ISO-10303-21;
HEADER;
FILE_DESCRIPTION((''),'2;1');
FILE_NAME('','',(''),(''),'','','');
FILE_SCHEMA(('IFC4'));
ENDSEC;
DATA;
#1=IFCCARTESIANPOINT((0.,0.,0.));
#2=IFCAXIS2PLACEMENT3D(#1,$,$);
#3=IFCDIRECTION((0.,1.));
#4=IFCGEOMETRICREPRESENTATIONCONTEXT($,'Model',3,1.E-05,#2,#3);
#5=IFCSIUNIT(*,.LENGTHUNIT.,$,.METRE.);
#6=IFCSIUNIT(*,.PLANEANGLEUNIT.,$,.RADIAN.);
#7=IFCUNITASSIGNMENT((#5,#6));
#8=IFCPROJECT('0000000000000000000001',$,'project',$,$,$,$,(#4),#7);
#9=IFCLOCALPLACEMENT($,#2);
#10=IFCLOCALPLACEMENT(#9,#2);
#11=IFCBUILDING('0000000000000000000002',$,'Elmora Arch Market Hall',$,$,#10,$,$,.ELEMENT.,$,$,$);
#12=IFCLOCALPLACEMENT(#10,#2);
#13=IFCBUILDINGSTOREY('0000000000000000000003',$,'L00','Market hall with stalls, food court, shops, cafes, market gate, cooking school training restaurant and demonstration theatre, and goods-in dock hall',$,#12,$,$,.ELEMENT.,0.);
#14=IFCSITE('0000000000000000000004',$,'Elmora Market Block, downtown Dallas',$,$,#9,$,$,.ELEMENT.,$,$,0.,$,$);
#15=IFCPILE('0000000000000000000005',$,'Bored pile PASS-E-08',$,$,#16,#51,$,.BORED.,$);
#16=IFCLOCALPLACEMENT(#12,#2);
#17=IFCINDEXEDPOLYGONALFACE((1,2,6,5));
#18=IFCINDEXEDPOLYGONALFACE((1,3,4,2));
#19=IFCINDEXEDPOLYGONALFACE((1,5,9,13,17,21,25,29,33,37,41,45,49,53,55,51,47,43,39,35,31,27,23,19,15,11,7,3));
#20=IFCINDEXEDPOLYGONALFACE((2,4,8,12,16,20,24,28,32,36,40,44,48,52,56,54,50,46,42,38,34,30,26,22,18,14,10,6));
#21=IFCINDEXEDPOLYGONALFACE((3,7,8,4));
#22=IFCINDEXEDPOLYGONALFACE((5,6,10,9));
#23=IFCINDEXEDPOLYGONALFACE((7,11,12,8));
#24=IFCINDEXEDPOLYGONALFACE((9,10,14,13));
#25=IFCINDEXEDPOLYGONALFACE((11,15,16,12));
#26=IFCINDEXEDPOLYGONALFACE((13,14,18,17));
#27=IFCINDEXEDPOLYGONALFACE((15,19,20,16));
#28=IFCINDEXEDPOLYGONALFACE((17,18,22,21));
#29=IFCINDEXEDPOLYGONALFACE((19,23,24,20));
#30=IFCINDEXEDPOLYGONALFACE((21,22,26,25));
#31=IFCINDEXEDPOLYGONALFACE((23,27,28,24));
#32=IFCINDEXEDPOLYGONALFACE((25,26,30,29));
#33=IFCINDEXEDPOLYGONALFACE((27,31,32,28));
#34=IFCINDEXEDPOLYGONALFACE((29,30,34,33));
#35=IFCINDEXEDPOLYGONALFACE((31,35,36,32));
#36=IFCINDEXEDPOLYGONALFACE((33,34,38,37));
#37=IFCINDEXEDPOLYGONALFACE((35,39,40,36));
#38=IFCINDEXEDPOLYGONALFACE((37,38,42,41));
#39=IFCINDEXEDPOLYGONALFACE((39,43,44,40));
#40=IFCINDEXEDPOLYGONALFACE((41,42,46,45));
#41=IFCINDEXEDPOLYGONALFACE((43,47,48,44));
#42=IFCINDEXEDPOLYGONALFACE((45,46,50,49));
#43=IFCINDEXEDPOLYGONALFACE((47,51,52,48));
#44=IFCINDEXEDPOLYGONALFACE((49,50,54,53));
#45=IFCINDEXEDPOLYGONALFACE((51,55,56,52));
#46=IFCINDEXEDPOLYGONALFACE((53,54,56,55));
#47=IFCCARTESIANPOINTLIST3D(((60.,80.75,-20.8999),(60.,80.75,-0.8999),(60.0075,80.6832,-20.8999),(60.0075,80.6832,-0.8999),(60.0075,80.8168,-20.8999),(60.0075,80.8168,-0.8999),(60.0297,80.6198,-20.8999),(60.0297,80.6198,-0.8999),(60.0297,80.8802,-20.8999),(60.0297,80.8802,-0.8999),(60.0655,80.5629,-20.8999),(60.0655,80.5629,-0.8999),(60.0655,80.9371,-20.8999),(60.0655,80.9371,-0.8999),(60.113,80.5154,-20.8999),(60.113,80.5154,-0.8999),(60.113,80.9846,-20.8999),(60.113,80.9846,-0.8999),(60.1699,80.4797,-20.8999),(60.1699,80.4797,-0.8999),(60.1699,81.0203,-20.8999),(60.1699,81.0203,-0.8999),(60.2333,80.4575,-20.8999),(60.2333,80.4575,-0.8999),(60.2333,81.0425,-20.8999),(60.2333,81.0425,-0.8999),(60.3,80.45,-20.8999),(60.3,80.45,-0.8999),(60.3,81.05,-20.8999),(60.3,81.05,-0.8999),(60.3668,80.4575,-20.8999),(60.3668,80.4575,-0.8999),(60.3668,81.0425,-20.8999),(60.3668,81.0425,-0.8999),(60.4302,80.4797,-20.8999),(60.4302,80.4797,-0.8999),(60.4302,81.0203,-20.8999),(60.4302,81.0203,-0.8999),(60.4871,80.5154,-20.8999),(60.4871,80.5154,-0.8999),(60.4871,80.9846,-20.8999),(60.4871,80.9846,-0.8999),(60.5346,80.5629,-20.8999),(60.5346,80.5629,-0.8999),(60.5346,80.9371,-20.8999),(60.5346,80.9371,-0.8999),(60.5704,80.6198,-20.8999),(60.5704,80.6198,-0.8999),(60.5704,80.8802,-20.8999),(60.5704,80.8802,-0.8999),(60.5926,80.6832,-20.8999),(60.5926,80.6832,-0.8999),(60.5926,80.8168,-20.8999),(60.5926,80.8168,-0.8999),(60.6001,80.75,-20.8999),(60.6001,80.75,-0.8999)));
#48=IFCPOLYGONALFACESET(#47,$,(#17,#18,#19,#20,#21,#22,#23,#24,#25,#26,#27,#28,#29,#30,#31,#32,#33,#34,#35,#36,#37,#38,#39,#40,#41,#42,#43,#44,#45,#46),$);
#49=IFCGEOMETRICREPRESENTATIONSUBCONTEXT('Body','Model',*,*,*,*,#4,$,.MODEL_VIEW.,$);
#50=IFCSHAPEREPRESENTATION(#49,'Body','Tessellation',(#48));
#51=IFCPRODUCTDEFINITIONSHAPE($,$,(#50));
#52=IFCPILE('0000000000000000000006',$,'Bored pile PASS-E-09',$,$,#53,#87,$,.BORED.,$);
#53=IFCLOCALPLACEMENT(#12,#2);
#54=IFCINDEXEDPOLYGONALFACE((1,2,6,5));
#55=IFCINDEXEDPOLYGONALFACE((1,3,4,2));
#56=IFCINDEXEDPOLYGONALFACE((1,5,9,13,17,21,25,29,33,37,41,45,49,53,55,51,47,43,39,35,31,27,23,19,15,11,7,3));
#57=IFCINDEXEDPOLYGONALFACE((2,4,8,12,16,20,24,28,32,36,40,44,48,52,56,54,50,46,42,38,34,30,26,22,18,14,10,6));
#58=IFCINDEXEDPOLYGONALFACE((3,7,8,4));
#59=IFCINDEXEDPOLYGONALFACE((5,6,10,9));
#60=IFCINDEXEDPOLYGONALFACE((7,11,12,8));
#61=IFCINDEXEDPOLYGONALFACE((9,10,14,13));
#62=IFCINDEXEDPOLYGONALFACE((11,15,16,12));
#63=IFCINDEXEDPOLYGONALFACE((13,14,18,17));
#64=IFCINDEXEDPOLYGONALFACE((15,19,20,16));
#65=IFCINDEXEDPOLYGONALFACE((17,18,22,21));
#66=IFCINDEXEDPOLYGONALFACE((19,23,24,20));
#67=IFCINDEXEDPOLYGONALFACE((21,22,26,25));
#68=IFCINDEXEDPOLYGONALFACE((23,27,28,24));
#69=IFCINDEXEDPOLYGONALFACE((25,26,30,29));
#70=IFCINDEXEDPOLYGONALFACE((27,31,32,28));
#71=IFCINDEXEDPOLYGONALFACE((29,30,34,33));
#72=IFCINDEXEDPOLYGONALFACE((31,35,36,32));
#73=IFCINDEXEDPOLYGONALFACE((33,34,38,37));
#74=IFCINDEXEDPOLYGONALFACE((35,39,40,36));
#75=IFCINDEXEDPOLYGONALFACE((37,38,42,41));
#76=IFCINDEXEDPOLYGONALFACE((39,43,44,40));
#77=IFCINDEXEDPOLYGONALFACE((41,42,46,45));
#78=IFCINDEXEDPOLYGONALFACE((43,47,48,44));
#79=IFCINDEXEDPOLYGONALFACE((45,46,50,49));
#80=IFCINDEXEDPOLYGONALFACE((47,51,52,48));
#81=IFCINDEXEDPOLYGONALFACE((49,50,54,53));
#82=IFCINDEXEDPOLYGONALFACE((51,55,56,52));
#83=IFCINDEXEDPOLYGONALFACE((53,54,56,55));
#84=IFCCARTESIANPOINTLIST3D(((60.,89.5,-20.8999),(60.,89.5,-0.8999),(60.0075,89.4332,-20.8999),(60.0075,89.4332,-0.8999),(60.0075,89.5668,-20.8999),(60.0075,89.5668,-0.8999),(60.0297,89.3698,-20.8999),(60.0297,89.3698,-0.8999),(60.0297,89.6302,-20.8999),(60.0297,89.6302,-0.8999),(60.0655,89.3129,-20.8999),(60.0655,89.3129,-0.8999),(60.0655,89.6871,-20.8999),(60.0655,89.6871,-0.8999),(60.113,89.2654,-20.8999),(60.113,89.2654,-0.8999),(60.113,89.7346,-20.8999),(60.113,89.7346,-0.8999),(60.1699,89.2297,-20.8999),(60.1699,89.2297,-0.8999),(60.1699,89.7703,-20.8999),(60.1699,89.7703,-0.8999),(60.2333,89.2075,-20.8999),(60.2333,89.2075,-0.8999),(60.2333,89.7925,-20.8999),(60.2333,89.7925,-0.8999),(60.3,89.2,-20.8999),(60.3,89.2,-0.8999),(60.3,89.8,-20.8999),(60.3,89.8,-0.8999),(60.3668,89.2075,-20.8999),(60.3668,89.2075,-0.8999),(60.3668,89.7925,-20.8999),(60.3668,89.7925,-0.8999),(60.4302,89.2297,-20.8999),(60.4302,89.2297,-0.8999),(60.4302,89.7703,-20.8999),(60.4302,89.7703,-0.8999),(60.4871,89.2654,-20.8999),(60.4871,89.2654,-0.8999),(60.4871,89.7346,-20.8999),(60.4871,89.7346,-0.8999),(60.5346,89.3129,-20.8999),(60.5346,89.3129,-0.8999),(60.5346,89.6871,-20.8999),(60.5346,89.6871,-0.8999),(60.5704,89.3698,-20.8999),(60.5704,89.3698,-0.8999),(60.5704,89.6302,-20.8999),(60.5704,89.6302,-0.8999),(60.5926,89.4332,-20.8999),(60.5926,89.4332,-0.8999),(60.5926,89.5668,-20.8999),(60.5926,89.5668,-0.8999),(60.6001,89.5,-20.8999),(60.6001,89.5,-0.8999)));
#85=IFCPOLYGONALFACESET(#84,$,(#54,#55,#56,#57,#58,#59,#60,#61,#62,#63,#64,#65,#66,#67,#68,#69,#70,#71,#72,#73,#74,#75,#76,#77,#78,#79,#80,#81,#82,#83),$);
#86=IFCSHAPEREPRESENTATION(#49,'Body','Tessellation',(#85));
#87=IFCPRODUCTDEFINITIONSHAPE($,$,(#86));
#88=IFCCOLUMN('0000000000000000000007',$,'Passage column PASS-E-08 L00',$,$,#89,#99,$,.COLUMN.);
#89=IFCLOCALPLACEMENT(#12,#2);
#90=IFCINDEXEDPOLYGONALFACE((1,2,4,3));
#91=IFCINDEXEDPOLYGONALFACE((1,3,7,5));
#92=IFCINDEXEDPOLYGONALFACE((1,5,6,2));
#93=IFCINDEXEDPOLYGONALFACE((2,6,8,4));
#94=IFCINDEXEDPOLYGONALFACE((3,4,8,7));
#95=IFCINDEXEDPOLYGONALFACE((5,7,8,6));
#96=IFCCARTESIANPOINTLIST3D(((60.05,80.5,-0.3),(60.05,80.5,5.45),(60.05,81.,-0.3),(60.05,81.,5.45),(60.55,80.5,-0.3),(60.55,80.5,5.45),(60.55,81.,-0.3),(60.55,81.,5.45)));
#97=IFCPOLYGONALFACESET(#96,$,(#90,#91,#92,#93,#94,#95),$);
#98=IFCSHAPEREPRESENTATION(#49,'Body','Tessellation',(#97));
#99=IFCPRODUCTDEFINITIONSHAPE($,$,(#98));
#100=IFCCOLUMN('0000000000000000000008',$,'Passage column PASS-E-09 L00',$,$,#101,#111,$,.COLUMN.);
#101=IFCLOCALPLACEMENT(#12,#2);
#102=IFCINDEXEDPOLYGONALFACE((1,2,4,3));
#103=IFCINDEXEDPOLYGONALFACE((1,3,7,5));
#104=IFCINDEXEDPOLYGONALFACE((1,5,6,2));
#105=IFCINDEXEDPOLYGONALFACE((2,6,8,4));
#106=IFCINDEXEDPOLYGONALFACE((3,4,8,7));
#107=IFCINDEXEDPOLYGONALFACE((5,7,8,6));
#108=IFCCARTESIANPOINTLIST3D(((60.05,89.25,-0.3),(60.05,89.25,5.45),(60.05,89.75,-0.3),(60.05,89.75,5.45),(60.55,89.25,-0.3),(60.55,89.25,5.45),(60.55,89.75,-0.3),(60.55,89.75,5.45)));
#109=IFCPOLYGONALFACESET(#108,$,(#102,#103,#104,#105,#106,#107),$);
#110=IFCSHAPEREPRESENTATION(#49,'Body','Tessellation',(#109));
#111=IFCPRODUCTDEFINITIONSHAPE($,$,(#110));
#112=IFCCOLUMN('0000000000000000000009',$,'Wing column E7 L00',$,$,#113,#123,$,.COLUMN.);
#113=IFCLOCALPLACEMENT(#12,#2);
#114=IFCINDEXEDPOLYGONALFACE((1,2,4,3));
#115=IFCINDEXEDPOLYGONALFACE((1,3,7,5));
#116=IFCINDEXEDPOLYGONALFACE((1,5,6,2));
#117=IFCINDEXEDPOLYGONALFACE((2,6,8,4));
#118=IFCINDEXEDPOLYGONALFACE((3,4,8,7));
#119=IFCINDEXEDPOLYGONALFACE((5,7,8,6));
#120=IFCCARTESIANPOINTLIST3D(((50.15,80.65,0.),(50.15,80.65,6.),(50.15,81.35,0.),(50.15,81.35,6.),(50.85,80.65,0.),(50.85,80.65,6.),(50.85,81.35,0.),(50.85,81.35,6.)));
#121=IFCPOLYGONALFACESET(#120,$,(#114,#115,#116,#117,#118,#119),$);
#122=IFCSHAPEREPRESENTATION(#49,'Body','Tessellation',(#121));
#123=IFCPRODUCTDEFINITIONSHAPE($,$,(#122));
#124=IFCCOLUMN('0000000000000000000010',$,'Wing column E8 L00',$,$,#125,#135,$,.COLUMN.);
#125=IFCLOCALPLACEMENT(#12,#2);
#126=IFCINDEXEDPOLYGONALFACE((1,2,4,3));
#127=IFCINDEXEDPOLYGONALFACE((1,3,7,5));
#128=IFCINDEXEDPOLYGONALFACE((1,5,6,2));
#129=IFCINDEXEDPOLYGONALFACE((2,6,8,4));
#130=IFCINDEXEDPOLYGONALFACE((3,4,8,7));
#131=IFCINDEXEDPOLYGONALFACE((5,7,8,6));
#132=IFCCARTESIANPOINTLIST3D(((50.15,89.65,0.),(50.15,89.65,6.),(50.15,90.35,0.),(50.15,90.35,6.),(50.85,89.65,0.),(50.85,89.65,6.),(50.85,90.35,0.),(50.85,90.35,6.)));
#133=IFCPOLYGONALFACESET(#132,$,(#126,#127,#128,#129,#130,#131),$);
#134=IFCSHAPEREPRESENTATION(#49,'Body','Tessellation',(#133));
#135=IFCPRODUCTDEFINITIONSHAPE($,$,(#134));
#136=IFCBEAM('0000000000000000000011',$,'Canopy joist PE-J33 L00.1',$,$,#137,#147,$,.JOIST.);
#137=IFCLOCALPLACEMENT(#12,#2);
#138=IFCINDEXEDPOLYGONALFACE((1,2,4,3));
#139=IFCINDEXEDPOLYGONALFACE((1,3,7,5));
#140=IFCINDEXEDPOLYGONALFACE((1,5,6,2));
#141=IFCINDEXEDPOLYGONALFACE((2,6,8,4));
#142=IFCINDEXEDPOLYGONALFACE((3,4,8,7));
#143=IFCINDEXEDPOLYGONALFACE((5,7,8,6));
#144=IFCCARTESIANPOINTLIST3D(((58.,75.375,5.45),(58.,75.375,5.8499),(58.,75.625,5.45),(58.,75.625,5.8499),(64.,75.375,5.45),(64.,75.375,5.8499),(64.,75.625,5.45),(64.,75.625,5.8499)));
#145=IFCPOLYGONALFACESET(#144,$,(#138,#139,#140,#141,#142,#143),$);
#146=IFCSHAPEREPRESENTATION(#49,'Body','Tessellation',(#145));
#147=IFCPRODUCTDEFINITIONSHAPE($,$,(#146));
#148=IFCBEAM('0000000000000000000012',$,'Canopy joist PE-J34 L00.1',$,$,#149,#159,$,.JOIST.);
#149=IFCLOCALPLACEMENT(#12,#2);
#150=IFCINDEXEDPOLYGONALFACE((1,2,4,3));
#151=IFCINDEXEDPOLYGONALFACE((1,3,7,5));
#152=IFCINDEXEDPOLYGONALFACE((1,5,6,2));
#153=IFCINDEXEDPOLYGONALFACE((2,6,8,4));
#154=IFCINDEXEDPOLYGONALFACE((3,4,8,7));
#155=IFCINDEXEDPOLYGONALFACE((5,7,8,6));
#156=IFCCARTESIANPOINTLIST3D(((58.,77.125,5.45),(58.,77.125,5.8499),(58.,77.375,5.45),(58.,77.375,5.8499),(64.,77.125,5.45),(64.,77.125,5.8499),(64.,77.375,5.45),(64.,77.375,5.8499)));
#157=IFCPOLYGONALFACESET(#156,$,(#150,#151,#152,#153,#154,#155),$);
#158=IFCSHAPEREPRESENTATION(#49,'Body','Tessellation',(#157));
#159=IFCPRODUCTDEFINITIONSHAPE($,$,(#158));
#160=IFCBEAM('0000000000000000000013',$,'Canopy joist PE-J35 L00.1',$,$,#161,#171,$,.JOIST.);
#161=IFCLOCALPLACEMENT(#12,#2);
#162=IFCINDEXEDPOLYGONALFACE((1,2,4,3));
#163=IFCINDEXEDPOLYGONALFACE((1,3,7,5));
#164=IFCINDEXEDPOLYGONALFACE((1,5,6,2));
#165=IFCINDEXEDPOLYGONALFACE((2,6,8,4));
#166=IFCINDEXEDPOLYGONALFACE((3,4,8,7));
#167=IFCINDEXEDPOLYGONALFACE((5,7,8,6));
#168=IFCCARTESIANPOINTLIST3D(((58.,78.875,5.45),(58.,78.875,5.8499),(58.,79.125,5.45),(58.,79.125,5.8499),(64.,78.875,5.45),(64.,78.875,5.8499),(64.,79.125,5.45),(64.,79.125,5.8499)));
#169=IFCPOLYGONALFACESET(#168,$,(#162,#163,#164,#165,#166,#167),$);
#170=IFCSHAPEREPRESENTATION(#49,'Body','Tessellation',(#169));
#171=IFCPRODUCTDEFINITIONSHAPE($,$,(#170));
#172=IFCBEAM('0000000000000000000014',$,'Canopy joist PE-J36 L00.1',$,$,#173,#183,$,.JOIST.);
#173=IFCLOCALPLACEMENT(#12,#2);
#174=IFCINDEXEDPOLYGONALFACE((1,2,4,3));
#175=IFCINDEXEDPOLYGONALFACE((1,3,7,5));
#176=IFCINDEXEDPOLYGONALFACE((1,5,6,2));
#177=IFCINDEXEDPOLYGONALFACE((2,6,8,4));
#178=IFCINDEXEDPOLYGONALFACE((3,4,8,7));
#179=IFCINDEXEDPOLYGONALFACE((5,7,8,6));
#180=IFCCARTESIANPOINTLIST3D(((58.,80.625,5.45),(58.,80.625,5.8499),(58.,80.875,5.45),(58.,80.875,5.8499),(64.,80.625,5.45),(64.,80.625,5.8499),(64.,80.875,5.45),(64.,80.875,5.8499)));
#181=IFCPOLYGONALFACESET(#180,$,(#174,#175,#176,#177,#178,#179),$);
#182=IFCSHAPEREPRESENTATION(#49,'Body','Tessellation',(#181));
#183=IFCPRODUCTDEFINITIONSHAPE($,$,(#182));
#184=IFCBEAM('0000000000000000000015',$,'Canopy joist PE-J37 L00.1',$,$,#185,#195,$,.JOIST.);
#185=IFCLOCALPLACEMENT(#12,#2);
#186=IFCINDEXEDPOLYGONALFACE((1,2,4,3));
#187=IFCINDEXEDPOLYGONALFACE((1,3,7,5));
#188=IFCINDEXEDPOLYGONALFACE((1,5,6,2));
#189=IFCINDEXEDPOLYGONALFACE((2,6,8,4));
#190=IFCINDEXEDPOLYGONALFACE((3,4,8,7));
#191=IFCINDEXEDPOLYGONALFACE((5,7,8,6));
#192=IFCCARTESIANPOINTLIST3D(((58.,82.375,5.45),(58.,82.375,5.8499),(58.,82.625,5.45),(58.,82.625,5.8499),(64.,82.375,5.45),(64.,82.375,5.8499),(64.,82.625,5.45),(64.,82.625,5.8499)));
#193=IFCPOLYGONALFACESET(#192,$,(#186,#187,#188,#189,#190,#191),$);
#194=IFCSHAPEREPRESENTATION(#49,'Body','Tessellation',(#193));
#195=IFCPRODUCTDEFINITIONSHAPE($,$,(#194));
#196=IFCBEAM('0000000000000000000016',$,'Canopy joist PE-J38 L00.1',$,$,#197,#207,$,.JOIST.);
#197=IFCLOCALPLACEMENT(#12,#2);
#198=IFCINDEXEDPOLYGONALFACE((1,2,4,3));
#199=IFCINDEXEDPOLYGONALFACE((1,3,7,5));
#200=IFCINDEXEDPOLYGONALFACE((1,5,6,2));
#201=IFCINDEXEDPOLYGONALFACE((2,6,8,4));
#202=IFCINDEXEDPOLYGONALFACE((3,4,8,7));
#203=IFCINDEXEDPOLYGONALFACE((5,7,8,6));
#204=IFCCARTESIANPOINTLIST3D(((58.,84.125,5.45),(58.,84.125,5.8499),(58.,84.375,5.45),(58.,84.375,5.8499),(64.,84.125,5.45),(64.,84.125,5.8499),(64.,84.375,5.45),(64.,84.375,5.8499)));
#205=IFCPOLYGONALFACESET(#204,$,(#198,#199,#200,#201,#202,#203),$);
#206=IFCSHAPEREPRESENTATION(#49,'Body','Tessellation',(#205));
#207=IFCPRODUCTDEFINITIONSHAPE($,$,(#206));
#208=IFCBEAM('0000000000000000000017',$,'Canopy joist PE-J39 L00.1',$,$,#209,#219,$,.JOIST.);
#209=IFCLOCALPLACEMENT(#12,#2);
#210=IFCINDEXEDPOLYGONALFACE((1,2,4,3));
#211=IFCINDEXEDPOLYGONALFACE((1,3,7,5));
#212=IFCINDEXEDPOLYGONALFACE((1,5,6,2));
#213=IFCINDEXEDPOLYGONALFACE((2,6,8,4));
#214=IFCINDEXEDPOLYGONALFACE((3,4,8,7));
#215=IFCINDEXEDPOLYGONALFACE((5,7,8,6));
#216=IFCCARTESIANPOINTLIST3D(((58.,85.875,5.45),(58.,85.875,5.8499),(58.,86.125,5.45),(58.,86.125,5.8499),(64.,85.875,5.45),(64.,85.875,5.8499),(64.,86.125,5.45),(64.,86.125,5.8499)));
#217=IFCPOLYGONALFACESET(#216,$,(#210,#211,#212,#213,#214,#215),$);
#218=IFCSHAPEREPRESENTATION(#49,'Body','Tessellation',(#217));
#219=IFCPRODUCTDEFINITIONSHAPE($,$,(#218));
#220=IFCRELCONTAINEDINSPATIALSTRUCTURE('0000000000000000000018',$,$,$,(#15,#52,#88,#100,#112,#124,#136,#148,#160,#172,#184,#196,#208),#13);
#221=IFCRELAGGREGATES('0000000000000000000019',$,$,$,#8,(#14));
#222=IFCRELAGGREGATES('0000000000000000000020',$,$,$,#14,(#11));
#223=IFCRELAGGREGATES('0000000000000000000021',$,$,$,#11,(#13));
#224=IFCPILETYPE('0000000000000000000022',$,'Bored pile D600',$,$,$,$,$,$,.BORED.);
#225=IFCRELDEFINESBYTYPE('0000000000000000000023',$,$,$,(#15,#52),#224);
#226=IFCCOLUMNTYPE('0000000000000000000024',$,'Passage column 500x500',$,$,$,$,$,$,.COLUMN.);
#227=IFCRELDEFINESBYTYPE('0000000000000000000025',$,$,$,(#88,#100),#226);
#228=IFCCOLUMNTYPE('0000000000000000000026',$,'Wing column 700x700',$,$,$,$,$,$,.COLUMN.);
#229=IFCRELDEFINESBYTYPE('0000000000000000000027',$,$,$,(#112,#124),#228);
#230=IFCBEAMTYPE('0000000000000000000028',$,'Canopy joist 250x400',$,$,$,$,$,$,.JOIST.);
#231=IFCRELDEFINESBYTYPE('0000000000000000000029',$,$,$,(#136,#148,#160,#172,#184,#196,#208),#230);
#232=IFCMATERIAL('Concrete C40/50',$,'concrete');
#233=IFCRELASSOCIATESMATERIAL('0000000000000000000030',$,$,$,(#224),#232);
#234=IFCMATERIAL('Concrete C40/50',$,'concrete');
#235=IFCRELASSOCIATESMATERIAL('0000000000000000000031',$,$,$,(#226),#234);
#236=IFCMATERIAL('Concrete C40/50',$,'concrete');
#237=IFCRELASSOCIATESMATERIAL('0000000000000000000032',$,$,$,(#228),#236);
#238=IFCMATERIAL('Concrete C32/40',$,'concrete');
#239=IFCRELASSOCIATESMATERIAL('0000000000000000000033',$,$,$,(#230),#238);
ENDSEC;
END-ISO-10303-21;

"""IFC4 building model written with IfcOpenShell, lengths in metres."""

from ifc_helpers import new_model, si_unit, direction, frame, origin, origin_2d, place, context, subcontext, project, spatial, rectangle, circle, extrude, material, material_profile, profile_set, type_object, element, save


model = new_model("IFC4")

# Units and contexts
model_context = context("Model", 3, precision=1e-05, world=origin(), true_north=direction((0.0, 1.0)))
body_context = subcontext(model_context, "Body", "Model", "MODEL_VIEW")
ifc_project = project(units=[si_unit("LENGTHUNIT", "METRE"), si_unit("PLANEANGLEUNIT", "RADIAN")], contexts=[model_context])

# Site, building, storey
site_placement = place(None, origin())
site = spatial("IfcSite", under=ifc_project, at=site_placement, Name="Elmora Market Block, downtown Dallas", CompositionType="ELEMENT", RefElevation=0.0)
building_placement = place(site_placement, origin())
building = spatial("IfcBuilding", under=site, at=building_placement, Name="Elmora Arch Market Hall", CompositionType="ELEMENT")
storey_placement = place(building_placement, origin())
storey = spatial("IfcBuildingStorey", under=building, at=storey_placement, Name="L00", Description="Market hall with stalls, food court, shops, cafes, market gate, cooking school training restaurant and demonstration theatre, and goods-in dock hall", CompositionType="ELEMENT", Elevation=0.0)

# Piles
ifc_material_1 = material(Name="Concrete C40/50", Category="concrete")
ifc_material_profile_1 = material_profile(ifc_material_1, circle(Radius=0.3, at=origin_2d()), Name="Bored pile D600")
ifc_profile_set_1 = profile_set([ifc_material_profile_1], Name="Concrete C40/50")
pile_type = type_object("IfcPileType", Name="Bored pile D600", PredefinedType="BORED", material=ifc_profile_set_1)
for number, where, z_axis, x_axis, name in (
    (1, (60.3, 80.75, -0.8999), (0.0, 0.0, -1.0), (1.0, 0.0, 0.0), "Bored pile PASS-E-08"),
    (2, (60.3, 89.5, -0.8999), (0.0, 0.0, -1.0), (1.0, 0.0, 0.0), "Bored pile PASS-E-09"),
):
    element("IfcPile", number, at=place(storey_placement, frame(where, z_axis=z_axis, x_axis=x_axis)), inside=storey, type_object=pile_type, Name=name, PredefinedType="BORED", context=body_context, shape_type="SweptSolid", body=[
        extrude(circle(Radius=0.3, at=origin_2d()), origin(), (0.0, 0.0, 1.0), 20.0),
    ])

# Columns
ifc_material_2 = material(Name="Concrete C40/50", Category="concrete")
ifc_material_profile_2 = material_profile(ifc_material_2, rectangle(XDim=0.5, YDim=0.5, at=origin_2d()), Name="Passage column 500x500")
ifc_profile_set_2 = profile_set([ifc_material_profile_2], Name="Concrete C40/50")
column_type_1 = type_object("IfcColumnType", Name="Passage column 500x500", PredefinedType="COLUMN", material=ifc_profile_set_2)
for number, where, z_axis, x_axis, name in (
    (3, (60.3, 80.75, -0.3), (0.0, 0.0, 1.0), (1.0, 0.0, 0.0), "Passage column PASS-E-08 L00"),
    (4, (60.3, 89.5, -0.3), (0.0, 0.0, 1.0), (1.0, 0.0, 0.0), "Passage column PASS-E-09 L00"),
):
    element("IfcColumn", number, at=place(storey_placement, frame(where, z_axis=z_axis, x_axis=x_axis)), inside=storey, type_object=column_type_1, Name=name, PredefinedType="COLUMN", context=body_context, shape_type="SweptSolid", body=[
        extrude(rectangle(XDim=0.5, YDim=0.5, at=origin_2d()), origin(), (0.0, 0.0, 1.0), 5.75),
    ])
ifc_material_3 = material(Name="Concrete C40/50", Category="concrete")
ifc_material_profile_3 = material_profile(ifc_material_3, rectangle(XDim=0.7, YDim=0.7, at=origin_2d()), Name="Wing column 700x700")
ifc_profile_set_3 = profile_set([ifc_material_profile_3], Name="Concrete C40/50")
column_type_2 = type_object("IfcColumnType", Name="Wing column 700x700", PredefinedType="COLUMN", material=ifc_profile_set_3)
for number, where, z_axis, x_axis, name in (
    (5, (50.5, 81.0, 0.0), (0.0, 0.0, 1.0), (1.0, 0.0, 0.0), "Wing column E7 L00"),
    (6, (50.5, 90.0, 0.0), (0.0, 0.0, 1.0), (1.0, 0.0, 0.0), "Wing column E8 L00"),
):
    element("IfcColumn", number, at=place(storey_placement, frame(where, z_axis=z_axis, x_axis=x_axis)), inside=storey, type_object=column_type_2, Name=name, PredefinedType="COLUMN", context=body_context, shape_type="SweptSolid", body=[
        extrude(rectangle(XDim=0.7, YDim=0.7, at=origin_2d()), origin(), (0.0, 0.0, 1.0), 6.0),
    ])

# Beams
ifc_material_4 = material(Name="Concrete C32/40", Category="concrete")
ifc_material_profile_4 = material_profile(ifc_material_4, rectangle(XDim=0.25, YDim=0.3999, at=origin_2d()), Name="Canopy joist 250x400")
ifc_profile_set_4 = profile_set([ifc_material_profile_4], Name="Concrete C32/40")
beam_type_1 = type_object("IfcBeamType", Name="Canopy joist 250x400", PredefinedType="JOIST", material=ifc_profile_set_4)
for number, where, z_axis, x_axis, name in (
    (7, (58.0, 75.5, 5.6499), (1.0, 0.0, 0.0), (0.0, 1.0, 0.0), "Canopy joist PE-J33 L00.1"),
    (8, (58.0, 77.25, 5.6499), (1.0, 0.0, 0.0), (0.0, 1.0, 0.0), "Canopy joist PE-J34 L00.1"),
    (9, (58.0, 79.0, 5.6499), (1.0, 0.0, 0.0), (0.0, 1.0, 0.0), "Canopy joist PE-J35 L00.1"),
    (10, (58.0, 80.75, 5.6499), (1.0, 0.0, 0.0), (0.0, 1.0, 0.0), "Canopy joist PE-J36 L00.1"),
    (11, (58.0, 82.5, 5.6499), (1.0, 0.0, 0.0), (0.0, 1.0, 0.0), "Canopy joist PE-J37 L00.1"),
    (12, (58.0, 84.25, 5.6499), (1.0, 0.0, 0.0), (0.0, 1.0, 0.0), "Canopy joist PE-J38 L00.1"),
    (13, (58.0, 86.0, 5.6499), (1.0, 0.0, 0.0), (0.0, 1.0, 0.0), "Canopy joist PE-J39 L00.1"),
):
    element("IfcBeam", number, at=place(storey_placement, frame(where, z_axis=z_axis, x_axis=x_axis)), inside=storey, type_object=beam_type_1, Name=name, PredefinedType="JOIST", context=body_context, shape_type="SweptSolid", body=[
        extrude(rectangle(XDim=0.25, YDim=0.3999, at=origin_2d()), origin(), (0.0, 0.0, 1.0), 6.0),
    ])

save(model, "model.ifc")
